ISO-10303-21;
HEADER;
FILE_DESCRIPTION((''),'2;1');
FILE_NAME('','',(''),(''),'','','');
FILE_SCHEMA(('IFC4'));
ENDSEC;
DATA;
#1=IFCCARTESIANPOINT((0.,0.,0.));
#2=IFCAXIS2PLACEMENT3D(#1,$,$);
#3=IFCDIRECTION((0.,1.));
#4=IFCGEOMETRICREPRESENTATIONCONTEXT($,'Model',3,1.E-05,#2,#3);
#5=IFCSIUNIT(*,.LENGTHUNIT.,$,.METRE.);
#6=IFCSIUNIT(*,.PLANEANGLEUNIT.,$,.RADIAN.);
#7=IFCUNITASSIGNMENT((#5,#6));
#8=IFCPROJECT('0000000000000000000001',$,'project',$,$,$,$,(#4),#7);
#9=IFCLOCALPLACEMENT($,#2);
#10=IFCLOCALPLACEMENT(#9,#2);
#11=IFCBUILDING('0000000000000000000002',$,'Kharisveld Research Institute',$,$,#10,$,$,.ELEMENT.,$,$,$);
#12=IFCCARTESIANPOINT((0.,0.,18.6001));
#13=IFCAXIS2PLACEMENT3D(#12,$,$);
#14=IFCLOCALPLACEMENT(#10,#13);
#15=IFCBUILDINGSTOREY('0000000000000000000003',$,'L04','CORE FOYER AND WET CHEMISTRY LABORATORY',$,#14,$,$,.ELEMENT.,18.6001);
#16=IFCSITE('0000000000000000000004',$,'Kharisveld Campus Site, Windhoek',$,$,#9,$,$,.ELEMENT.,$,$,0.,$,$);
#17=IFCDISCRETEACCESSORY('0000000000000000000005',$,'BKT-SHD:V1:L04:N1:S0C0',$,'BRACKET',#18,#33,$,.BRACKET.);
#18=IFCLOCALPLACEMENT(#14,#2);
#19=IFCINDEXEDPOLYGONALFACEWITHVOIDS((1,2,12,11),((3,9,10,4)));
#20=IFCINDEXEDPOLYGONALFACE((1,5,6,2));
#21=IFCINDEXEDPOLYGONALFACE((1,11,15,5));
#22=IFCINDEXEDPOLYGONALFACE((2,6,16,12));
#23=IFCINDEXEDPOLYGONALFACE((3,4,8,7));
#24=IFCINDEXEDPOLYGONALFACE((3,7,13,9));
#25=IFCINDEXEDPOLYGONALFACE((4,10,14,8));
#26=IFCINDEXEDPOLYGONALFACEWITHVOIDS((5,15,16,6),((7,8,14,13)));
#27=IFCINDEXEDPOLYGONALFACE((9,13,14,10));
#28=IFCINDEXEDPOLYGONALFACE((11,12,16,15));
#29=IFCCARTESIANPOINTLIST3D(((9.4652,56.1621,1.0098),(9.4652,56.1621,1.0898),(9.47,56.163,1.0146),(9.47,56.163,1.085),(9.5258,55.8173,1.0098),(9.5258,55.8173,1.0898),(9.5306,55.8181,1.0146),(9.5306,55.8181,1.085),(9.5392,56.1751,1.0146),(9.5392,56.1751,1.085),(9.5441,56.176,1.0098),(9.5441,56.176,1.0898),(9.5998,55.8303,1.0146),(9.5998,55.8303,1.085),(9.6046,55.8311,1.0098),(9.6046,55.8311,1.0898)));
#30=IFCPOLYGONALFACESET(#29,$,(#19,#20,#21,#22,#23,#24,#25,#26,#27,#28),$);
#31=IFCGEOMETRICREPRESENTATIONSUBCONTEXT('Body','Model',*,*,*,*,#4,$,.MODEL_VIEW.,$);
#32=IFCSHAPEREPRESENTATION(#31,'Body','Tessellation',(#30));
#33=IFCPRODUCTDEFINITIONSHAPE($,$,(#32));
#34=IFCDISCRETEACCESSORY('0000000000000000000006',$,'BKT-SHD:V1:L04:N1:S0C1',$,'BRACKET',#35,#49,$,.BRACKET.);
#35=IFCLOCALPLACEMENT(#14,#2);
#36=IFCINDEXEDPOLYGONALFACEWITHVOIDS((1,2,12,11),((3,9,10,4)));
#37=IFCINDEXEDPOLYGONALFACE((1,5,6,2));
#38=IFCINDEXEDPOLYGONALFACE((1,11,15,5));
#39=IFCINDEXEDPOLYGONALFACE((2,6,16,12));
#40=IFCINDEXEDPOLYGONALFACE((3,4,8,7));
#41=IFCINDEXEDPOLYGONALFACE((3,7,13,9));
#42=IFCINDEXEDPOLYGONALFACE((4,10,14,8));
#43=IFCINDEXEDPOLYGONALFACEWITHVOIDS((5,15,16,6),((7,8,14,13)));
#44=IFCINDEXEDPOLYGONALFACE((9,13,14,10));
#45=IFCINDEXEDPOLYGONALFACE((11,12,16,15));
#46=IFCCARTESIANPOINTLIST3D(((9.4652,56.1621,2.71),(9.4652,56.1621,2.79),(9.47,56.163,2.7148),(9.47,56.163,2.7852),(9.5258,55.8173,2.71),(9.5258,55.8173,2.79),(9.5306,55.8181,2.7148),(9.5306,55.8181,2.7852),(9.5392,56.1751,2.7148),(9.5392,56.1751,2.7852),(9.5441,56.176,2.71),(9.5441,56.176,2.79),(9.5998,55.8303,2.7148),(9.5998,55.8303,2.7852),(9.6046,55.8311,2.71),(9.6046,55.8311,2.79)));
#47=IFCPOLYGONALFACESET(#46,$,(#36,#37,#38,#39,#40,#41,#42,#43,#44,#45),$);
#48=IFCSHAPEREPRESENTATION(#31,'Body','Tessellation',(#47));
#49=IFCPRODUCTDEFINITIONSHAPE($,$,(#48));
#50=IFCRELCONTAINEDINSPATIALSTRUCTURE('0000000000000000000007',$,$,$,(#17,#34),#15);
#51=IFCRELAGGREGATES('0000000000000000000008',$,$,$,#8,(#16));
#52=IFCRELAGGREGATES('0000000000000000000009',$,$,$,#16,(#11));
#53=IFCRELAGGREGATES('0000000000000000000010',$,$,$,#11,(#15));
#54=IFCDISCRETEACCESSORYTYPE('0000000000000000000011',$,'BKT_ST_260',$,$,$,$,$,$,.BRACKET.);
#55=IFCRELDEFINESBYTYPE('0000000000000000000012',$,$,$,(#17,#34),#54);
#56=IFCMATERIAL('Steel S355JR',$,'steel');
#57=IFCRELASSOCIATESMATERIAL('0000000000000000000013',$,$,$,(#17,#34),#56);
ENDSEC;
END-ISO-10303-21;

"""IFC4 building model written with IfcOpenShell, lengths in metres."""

from ifc_helpers import new_model, si_unit, direction, frame, origin, origin_2d, place, context, subcontext, project, spatial, hollow_rectangle, extrude, material, type_object, element, save


model = new_model("IFC4")

# Units and contexts
model_context = context("Model", 3, precision=1e-05, world=origin(), true_north=direction((0.0, 1.0)))
body_context = subcontext(model_context, "Body", "Model", "MODEL_VIEW")
ifc_project = project(units=[si_unit("LENGTHUNIT", "METRE"), si_unit("PLANEANGLEUNIT", "RADIAN")], contexts=[model_context])

# Site, building, storey
site_placement = place(None, origin())
site = spatial("IfcSite", under=ifc_project, at=site_placement, Name="Kharisveld Campus Site, Windhoek", CompositionType="ELEMENT", RefElevation=0.0)
building_placement = place(site_placement, origin())
building = spatial("IfcBuilding", under=site, at=building_placement, Name="Kharisveld Research Institute", CompositionType="ELEMENT")
storey_placement = place(building_placement, frame((0.0, 0.0, 18.6001)))
storey = spatial("IfcBuildingStorey", under=building, at=storey_placement, Name="L04", Description="CORE FOYER AND WET CHEMISTRY LABORATORY", CompositionType="ELEMENT", Elevation=18.6001)

# Discrete accessories
ifc_material_1 = material(Name="Steel S355JR", Category="steel")
discrete_accessory_type = type_object("IfcDiscreteAccessoryType", Name="BKT_ST_260", PredefinedType="BRACKET")
for number, where, z_axis, x_axis, name in (
    (1, (9.5652, 55.8242, 1.0498), (-0.172989, 0.984924, 0.0), (-0.984924, -0.172989, 0.0), "BKT-SHD:V1:L04:N1:S0C0"),
    (2, (9.5652, 55.8242, 2.75), (-0.172989, 0.984924, 0.0), (-0.984924, -0.172989, 0.0), "BKT-SHD:V1:L04:N1:S0C1"),
):
    element("IfcDiscreteAccessory", number, at=place(storey_placement, frame(where, z_axis=z_axis, x_axis=x_axis)), inside=storey, type_object=discrete_accessory_type, material=ifc_material_1, Name=name, ObjectType="BRACKET", PredefinedType="BRACKET", context=body_context, shape_type="SweptSolid", body=[
        extrude(hollow_rectangle(XDim=0.0801, YDim=0.0801, WallThickness=0.0049, at=origin_2d()), origin(), (0.0, 0.0, 1.0), 0.3501),
    ])

save(model, "model.ifc")
